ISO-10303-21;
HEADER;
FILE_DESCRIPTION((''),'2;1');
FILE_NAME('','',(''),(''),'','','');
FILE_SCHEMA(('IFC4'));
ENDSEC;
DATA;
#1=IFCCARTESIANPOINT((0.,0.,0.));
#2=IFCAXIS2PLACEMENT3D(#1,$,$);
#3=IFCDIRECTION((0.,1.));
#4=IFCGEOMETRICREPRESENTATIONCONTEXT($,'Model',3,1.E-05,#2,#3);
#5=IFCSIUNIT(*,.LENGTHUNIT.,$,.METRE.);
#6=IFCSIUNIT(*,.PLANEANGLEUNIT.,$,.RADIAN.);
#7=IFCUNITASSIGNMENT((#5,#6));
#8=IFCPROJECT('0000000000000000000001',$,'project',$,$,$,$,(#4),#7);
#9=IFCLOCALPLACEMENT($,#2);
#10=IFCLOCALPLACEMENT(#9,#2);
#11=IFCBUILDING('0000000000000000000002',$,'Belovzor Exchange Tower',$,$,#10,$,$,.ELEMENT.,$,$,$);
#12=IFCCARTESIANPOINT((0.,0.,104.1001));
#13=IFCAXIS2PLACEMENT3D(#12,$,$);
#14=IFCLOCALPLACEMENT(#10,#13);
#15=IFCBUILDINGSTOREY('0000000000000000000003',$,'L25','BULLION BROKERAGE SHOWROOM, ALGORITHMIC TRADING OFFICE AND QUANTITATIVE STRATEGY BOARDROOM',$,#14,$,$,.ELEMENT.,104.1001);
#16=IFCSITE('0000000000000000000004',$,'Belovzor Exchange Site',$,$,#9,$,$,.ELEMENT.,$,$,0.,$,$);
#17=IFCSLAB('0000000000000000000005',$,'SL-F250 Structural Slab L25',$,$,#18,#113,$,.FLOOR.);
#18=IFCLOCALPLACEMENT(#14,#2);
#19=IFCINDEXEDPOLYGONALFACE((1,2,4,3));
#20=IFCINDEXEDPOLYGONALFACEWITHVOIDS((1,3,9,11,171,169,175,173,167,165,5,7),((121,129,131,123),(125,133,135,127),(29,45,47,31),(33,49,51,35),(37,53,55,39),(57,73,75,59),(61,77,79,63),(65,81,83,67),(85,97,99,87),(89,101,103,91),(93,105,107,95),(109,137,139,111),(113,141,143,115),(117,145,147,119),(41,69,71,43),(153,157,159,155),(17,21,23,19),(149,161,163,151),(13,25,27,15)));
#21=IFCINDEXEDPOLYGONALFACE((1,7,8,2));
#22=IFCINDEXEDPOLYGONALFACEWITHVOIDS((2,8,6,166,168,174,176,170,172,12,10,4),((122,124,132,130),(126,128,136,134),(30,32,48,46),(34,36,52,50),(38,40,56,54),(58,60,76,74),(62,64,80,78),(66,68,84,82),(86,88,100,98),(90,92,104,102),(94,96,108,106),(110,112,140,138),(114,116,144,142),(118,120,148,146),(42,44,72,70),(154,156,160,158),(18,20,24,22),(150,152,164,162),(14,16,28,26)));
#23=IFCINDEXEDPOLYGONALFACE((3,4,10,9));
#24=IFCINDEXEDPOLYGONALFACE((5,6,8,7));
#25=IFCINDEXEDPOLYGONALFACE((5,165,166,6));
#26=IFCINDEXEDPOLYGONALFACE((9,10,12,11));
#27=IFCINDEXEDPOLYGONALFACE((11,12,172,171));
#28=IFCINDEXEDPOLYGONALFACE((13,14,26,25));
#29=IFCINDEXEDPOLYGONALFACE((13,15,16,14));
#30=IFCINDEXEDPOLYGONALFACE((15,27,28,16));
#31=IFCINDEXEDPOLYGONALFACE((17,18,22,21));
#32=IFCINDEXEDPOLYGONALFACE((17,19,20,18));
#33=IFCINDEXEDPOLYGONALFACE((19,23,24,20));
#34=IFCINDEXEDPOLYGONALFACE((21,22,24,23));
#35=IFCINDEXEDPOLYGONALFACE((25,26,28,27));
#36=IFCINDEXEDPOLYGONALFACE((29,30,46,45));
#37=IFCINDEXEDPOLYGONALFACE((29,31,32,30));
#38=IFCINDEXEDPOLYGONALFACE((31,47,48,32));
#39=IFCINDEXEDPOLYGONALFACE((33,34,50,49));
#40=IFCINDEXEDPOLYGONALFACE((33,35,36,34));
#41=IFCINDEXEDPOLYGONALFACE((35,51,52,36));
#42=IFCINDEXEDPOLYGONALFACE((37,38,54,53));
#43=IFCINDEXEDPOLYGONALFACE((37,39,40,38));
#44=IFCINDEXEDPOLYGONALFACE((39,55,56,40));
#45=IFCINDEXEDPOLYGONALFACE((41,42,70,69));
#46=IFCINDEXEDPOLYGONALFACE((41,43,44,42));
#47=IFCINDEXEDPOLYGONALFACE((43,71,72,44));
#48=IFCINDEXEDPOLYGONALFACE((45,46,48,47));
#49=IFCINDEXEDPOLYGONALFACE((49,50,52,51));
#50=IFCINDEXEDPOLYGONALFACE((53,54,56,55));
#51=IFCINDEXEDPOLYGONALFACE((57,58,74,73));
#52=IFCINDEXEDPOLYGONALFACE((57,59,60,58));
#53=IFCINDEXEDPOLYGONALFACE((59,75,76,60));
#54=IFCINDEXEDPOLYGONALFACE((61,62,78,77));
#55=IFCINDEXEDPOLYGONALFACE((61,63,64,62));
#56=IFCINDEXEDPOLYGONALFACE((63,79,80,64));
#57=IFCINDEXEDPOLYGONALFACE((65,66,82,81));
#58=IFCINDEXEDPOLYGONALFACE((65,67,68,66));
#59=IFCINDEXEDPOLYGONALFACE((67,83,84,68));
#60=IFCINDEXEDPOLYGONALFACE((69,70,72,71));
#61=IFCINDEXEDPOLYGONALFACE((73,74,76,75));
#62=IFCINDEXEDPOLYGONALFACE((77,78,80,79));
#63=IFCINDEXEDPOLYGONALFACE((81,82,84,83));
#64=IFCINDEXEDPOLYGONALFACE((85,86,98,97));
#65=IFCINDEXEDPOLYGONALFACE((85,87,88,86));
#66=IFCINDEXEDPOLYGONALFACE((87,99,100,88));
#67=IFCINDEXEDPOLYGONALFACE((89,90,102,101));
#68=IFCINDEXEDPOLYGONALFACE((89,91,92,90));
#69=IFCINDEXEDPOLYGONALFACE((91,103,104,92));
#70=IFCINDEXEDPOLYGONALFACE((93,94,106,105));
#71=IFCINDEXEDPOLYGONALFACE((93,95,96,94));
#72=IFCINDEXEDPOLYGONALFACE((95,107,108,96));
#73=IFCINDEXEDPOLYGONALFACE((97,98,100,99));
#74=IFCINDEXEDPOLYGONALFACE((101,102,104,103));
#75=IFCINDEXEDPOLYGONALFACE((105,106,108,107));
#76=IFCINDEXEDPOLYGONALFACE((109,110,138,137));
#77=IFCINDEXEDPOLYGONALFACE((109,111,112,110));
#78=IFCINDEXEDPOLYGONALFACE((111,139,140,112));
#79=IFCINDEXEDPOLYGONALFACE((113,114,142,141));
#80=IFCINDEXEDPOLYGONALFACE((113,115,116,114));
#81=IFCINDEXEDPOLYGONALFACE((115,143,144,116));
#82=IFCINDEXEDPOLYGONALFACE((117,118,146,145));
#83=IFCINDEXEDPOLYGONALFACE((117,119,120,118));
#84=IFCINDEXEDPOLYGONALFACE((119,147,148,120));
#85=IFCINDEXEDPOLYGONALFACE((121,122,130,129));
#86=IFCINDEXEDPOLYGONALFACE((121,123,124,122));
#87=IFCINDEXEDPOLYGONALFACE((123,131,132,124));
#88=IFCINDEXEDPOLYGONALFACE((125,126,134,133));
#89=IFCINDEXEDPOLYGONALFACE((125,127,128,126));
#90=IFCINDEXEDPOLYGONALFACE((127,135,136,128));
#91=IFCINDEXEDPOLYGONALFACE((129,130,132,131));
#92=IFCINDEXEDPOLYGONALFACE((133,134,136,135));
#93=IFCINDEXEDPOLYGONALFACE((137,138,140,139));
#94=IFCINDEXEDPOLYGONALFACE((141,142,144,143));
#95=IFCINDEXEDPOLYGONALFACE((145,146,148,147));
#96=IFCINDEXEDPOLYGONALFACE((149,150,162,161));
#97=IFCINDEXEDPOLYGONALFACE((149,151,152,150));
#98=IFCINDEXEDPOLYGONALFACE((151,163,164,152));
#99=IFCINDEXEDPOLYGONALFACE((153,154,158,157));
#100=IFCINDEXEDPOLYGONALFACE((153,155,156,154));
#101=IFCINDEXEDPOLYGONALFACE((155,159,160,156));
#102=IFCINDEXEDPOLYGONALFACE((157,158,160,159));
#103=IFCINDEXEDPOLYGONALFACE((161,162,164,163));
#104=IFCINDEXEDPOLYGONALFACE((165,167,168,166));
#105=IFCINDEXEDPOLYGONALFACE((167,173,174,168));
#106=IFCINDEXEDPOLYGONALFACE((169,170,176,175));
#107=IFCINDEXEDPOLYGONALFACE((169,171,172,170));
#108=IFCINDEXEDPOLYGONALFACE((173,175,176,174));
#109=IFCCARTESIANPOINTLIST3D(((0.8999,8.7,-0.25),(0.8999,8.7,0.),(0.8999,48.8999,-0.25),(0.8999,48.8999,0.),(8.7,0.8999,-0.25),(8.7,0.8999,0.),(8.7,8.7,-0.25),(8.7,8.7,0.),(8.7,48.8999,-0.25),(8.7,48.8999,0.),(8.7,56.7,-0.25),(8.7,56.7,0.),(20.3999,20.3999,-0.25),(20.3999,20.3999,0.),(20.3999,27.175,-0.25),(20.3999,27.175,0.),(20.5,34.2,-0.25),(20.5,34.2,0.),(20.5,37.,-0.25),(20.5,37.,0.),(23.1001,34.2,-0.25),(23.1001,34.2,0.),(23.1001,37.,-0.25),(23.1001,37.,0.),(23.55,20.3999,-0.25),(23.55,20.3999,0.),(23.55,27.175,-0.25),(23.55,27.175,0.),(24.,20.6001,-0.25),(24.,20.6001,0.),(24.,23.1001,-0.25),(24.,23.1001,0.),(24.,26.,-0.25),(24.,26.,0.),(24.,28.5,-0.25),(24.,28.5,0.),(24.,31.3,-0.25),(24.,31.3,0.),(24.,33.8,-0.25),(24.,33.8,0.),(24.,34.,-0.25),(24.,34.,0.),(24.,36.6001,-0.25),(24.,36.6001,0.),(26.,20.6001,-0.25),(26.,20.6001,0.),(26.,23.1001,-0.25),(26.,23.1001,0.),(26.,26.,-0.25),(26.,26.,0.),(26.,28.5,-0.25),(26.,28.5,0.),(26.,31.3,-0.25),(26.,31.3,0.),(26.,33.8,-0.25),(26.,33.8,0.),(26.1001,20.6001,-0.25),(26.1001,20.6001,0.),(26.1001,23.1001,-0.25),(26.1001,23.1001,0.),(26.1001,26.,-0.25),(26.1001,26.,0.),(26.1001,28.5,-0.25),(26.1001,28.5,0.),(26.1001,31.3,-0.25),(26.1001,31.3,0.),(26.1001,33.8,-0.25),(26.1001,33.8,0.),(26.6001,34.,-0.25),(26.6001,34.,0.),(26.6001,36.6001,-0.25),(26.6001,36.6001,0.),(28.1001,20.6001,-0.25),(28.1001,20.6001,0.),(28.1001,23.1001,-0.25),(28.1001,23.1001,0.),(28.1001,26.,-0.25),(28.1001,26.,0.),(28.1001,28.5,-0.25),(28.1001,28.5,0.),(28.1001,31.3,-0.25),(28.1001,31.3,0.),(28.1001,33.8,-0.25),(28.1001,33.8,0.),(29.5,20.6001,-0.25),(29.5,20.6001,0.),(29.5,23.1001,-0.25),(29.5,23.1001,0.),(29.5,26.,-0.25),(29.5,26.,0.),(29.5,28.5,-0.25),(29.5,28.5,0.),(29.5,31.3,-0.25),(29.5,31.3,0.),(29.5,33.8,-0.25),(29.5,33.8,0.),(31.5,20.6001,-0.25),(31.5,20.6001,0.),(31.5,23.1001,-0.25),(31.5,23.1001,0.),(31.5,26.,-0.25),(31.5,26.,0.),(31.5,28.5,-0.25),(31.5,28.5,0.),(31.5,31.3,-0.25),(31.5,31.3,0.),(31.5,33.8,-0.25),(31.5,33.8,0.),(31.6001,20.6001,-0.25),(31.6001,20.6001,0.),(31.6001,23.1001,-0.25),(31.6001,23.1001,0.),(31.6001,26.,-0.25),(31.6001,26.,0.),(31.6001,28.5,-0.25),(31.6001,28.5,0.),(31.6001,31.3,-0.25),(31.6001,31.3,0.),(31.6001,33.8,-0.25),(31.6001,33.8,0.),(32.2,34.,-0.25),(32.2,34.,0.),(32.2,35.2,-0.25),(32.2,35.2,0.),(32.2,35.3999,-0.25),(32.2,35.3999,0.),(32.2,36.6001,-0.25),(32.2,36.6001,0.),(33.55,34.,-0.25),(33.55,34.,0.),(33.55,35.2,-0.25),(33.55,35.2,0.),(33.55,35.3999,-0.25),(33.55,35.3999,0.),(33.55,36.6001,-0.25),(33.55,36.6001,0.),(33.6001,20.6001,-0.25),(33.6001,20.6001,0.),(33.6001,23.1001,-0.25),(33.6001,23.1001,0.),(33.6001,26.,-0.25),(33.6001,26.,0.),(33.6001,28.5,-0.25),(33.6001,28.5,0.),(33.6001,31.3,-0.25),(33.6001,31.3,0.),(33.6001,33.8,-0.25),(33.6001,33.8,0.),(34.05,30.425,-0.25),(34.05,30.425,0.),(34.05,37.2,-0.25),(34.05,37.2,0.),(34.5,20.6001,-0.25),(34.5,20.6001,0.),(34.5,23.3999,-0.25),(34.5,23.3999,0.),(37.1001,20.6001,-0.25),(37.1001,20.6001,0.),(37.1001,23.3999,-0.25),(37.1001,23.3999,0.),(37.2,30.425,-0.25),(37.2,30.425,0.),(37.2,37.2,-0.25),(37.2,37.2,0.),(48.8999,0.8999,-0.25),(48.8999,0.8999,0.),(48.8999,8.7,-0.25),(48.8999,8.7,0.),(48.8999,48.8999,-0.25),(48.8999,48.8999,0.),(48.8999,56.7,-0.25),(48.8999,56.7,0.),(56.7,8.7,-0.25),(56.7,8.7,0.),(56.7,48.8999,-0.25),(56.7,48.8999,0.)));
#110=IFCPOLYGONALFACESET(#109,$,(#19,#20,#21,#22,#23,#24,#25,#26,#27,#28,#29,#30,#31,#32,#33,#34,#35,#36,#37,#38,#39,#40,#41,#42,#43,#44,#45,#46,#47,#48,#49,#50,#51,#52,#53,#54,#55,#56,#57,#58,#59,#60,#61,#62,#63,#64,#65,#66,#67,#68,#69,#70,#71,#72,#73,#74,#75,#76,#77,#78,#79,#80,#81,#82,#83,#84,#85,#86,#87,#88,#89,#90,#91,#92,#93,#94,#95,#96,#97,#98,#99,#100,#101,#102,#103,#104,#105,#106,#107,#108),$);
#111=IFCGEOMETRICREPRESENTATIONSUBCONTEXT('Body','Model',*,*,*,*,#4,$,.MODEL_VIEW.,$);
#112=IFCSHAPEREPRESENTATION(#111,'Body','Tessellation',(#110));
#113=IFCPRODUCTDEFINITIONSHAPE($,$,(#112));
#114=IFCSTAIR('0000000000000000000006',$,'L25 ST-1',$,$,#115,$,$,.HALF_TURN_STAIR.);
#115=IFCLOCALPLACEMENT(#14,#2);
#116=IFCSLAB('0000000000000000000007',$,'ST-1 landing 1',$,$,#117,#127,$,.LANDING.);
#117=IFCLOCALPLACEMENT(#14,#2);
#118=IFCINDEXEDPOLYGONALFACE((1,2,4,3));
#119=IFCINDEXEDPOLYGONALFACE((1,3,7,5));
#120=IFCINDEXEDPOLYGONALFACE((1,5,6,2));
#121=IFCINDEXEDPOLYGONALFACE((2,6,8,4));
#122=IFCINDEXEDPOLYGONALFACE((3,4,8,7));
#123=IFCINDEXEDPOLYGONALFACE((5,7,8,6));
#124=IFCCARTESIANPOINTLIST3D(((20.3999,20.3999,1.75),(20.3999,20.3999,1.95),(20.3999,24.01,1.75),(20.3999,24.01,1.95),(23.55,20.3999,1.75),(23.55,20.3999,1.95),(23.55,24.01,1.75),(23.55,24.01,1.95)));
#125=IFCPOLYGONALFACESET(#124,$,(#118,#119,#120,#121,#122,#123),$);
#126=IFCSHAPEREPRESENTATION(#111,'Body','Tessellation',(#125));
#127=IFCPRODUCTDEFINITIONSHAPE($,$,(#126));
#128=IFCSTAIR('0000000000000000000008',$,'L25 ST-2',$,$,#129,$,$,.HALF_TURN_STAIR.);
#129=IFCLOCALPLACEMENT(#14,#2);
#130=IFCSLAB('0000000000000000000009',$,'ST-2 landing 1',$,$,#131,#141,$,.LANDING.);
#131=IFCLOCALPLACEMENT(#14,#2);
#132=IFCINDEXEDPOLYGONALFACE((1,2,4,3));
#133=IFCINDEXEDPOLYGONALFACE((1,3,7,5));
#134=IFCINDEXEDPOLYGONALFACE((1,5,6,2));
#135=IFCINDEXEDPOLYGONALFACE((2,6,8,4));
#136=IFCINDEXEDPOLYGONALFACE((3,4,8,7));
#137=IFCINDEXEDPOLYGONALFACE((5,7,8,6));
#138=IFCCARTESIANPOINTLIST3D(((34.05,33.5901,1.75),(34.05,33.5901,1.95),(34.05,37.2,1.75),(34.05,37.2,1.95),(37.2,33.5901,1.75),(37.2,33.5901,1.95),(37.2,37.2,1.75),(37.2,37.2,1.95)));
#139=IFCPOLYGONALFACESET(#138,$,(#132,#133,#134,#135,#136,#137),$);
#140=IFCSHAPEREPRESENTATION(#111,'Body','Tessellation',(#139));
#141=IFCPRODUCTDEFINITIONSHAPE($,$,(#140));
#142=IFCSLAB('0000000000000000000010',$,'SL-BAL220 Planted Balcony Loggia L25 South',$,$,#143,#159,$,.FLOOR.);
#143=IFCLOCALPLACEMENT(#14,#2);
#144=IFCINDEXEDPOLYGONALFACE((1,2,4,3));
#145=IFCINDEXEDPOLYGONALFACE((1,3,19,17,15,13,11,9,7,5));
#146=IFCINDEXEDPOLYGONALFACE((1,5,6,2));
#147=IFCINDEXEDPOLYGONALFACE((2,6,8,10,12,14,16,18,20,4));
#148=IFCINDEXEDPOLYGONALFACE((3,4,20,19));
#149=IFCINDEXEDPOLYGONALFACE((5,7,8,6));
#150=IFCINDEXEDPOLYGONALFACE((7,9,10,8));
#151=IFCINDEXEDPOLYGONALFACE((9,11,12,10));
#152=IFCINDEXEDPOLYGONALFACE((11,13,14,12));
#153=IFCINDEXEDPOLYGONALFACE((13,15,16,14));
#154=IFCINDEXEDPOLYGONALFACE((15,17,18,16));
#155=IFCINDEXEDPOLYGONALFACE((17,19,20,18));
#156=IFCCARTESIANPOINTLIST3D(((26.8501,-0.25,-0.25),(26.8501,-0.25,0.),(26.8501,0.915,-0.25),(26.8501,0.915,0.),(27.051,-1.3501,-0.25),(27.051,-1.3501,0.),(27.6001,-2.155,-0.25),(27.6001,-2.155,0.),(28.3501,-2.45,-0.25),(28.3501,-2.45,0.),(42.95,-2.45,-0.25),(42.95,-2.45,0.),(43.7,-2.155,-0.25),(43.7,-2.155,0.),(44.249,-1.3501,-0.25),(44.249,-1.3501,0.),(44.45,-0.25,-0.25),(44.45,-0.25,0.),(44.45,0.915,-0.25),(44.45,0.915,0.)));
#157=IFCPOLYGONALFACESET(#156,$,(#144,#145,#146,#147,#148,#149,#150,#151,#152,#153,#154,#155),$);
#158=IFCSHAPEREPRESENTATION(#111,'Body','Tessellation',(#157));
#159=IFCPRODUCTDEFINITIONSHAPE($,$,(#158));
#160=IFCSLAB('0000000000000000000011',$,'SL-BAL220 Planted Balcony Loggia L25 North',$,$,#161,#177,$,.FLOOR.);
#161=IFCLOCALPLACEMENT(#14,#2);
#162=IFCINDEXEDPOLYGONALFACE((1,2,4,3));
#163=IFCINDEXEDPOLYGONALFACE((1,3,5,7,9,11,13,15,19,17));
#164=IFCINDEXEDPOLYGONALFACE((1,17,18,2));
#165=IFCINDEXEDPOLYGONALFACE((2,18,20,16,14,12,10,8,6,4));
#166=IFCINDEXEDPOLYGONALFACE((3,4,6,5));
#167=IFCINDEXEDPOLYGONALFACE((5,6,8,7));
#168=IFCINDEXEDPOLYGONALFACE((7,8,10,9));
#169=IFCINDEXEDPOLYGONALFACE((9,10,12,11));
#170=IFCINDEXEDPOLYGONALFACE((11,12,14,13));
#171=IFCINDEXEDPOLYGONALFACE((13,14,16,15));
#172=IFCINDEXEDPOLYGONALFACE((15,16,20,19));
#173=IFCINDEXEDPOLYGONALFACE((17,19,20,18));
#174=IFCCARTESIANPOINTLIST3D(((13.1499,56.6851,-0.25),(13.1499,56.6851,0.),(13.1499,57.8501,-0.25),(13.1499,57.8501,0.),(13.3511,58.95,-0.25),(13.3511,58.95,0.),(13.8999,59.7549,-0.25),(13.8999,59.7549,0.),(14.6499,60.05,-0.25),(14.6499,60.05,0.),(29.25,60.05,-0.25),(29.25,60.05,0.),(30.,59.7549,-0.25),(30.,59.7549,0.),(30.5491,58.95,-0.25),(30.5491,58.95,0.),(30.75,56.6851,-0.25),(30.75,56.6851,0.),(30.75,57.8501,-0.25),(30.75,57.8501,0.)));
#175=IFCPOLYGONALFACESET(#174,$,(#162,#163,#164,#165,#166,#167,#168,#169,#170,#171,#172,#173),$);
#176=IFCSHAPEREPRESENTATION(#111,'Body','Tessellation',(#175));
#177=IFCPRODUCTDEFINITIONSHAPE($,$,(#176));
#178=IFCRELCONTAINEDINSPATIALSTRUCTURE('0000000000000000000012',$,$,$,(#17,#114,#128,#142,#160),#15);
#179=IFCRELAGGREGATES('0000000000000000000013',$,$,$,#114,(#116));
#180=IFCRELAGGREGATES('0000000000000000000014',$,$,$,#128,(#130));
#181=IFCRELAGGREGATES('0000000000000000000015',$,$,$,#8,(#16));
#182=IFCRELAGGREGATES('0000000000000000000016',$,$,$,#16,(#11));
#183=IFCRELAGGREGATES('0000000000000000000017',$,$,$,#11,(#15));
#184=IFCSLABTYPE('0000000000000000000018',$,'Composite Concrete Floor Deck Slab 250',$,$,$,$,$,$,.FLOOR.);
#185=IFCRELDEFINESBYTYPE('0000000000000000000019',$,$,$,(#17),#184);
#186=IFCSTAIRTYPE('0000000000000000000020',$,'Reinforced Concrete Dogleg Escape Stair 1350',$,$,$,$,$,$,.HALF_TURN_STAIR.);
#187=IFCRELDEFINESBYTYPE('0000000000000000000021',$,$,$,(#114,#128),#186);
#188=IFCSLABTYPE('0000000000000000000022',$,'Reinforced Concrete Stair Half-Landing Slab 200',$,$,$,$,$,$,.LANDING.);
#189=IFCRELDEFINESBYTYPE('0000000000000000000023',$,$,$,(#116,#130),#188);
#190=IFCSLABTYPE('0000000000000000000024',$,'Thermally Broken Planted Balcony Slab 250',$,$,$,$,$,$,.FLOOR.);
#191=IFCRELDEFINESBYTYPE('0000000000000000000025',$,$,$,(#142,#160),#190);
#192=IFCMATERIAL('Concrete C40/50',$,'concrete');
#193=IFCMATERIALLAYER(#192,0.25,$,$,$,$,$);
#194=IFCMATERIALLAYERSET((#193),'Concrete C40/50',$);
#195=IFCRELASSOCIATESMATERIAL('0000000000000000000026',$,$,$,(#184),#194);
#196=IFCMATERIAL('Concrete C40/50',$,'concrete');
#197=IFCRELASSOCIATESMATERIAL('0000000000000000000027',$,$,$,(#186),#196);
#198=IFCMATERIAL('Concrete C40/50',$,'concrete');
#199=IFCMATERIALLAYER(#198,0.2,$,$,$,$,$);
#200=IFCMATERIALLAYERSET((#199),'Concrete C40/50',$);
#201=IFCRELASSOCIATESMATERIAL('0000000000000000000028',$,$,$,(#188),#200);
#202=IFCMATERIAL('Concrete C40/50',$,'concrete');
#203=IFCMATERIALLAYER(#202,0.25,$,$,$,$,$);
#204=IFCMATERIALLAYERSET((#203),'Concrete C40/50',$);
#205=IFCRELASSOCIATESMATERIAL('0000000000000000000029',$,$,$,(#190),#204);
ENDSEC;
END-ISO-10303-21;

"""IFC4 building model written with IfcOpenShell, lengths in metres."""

from ifc_helpers import new_model, si_unit, direction, frame, origin, place, context, subcontext, project, spatial, polyline, outline, extrude, material, layer, layer_set, type_object, element, aggregate, save


model = new_model("IFC4")

# Units and contexts
model_context = context("Model", 3, precision=1e-05, world=origin(), true_north=direction((0.0, 1.0)))
body_context = subcontext(model_context, "Body", "Model", "MODEL_VIEW")
ifc_project = project(units=[si_unit("LENGTHUNIT", "METRE"), si_unit("PLANEANGLEUNIT", "RADIAN")], contexts=[model_context])

# Site, building, storey
site_placement = place(None, origin())
site = spatial("IfcSite", under=ifc_project, at=site_placement, Name="Belovzor Exchange Site", CompositionType="ELEMENT", RefElevation=0.0)
building_placement = place(site_placement, origin())
building = spatial("IfcBuilding", under=site, at=building_placement, Name="Belovzor Exchange Tower", CompositionType="ELEMENT")
storey_placement = place(building_placement, frame((0.0, 0.0, 104.1001)))
storey = spatial("IfcBuildingStorey", under=building, at=storey_placement, Name="L25", Description="BULLION BROKERAGE SHOWROOM, ALGORITHMIC TRADING OFFICE AND QUANTITATIVE STRATEGY BOARDROOM", CompositionType="ELEMENT", Elevation=104.1001)

# Slab
ifc_material_1 = material(Name="Concrete C40/50", Category="concrete")
ifc_layer_1 = layer(ifc_material_1, 0.25)
ifc_layer_set_1 = layer_set([ifc_layer_1], Name="Concrete C40/50")
slab_type_1 = type_object("IfcSlabType", Name="Composite Concrete Floor Deck Slab 250", PredefinedType="FLOOR", material=ifc_layer_set_1)
slab_1_placement = place(storey_placement, frame((0.0, 0.0, -0.25)))
element("IfcSlab", 1, at=slab_1_placement, inside=storey, type_object=slab_type_1, Name="SL-F250 Structural Slab L25", PredefinedType="FLOOR", context=body_context, shape_type="SweptSolid", body=[
    extrude(outline(polyline([(8.7, 0.8999), (48.8999, 0.8999), (48.8999, 8.7), (56.7, 8.7), (56.7, 48.8999), (48.8999, 48.8999), (48.8999, 56.7), (8.7, 56.7), (8.7, 48.8999), (0.8999, 48.8999), (0.8999, 8.7), (8.7, 8.7), (8.7, 0.8999)]), holes=[polyline([(20.3999, 27.175), (20.3999, 20.3999), (23.55, 20.3999), (23.55, 27.175), (20.3999, 27.175)]), polyline([(37.2, 30.425), (37.2, 37.2), (34.05, 37.2), (34.05, 30.425), (37.2, 30.425)]), polyline([(20.5, 34.2), (23.1001, 34.2), (23.1001, 37.0), (20.5, 37.0), (20.5, 34.2)]), polyline([(34.5, 20.6001), (37.1001, 20.6001), (37.1001, 23.3999), (34.5, 23.3999), (34.5, 20.6001)]), polyline([(24.0, 34.0), (26.6001, 34.0), (26.6001, 36.6001), (24.0, 36.6001), (24.0, 34.0)]), polyline([(24.0, 20.6001), (26.0, 20.6001), (26.0, 23.1001), (24.0, 23.1001), (24.0, 20.6001)]), polyline([(26.1001, 20.6001), (28.1001, 20.6001), (28.1001, 23.1001), (26.1001, 23.1001), (26.1001, 20.6001)]), polyline([(29.5, 20.6001), (31.5, 20.6001), (31.5, 23.1001), (29.5, 23.1001), (29.5, 20.6001)]), polyline([(31.6001, 20.6001), (33.6001, 20.6001), (33.6001, 23.1001), (31.6001, 23.1001), (31.6001, 20.6001)]), polyline([(24.0, 26.0), (26.0, 26.0), (26.0, 28.5), (24.0, 28.5), (24.0, 26.0)]), polyline([(26.1001, 26.0), (28.1001, 26.0), (28.1001, 28.5), (26.1001, 28.5), (26.1001, 26.0)]), polyline([(29.5, 26.0), (31.5, 26.0), (31.5, 28.5), (29.5, 28.5), (29.5, 26.0)]), polyline([(31.6001, 26.0), (33.6001, 26.0), (33.6001, 28.5), (31.6001, 28.5), (31.6001, 26.0)]), polyline([(24.0, 31.3), (26.0, 31.3), (26.0, 33.8), (24.0, 33.8), (24.0, 31.3)]), polyline([(26.1001, 31.3), (28.1001, 31.3), (28.1001, 33.8), (26.1001, 33.8), (26.1001, 31.3)]), polyline([(29.5, 31.3), (31.5, 31.3), (31.5, 33.8), (29.5, 33.8), (29.5, 31.3)]), polyline([(31.6001, 31.3), (33.6001, 31.3), (33.6001, 33.8), (31.6001, 33.8), (31.6001, 31.3)]), polyline([(32.2, 34.0), (33.55, 34.0), (33.55, 35.2), (32.2, 35.2), (32.2, 34.0)]), polyline([(32.2, 35.3999), (33.55, 35.3999), (33.55, 36.6001), (32.2, 36.6001), (32.2, 35.3999)])]), origin(), (0.0, 0.0, 1.0), 0.25),
])

# Stairs, slabs
ifc_material_2 = material(Name="Concrete C40/50", Category="concrete")
stair_type = type_object("IfcStairType", Name="Reinforced Concrete Dogleg Escape Stair 1350", PredefinedType="HALF_TURN_STAIR", material=ifc_material_2)
stair_1_placement = place(storey_placement, origin())
stair_1 = element("IfcStair", 2, at=stair_1_placement, inside=storey, type_object=stair_type, Name="L25 ST-1", PredefinedType="HALF_TURN_STAIR")
ifc_material_3 = material(Name="Concrete C40/50", Category="concrete")
ifc_layer_2 = layer(ifc_material_3, 0.2)
ifc_layer_set_2 = layer_set([ifc_layer_2], Name="Concrete C40/50")
slab_type_2 = type_object("IfcSlabType", Name="Reinforced Concrete Stair Half-Landing Slab 200", PredefinedType="LANDING", material=ifc_layer_set_2)
slab_2_placement = place(storey_placement, frame((0.0, 0.0, 1.75)))
slab_2 = element("IfcSlab", 3, at=slab_2_placement, type_object=slab_type_2, Name="ST-1 landing 1", PredefinedType="LANDING", context=body_context, shape_type="SweptSolid", body=[
    extrude(outline(polyline([(20.3999, 24.01), (20.3999, 20.3999), (23.55, 20.3999), (23.55, 24.01), (20.3999, 24.01)])), origin(), (0.0, 0.0, 1.0), 0.2),
])
aggregate(stair_1, [slab_2])
stair_2_placement = place(storey_placement, origin())
stair_2 = element("IfcStair", 4, at=stair_2_placement, inside=storey, type_object=stair_type, Name="L25 ST-2", PredefinedType="HALF_TURN_STAIR")
slab_3_placement = place(storey_placement, frame((0.0, 0.0, 1.75)))
slab_3 = element("IfcSlab", 5, at=slab_3_placement, type_object=slab_type_2, Name="ST-2 landing 1", PredefinedType="LANDING", context=body_context, shape_type="SweptSolid", body=[
    extrude(outline(polyline([(37.2, 33.5901), (37.2, 37.2), (34.05, 37.2), (34.05, 33.5901), (37.2, 33.5901)])), origin(), (0.0, 0.0, 1.0), 0.2),
])
aggregate(stair_2, [slab_3])

# Slabs
ifc_material_4 = material(Name="Concrete C40/50", Category="concrete")
ifc_layer_3 = layer(ifc_material_4, 0.25)
ifc_layer_set_3 = layer_set([ifc_layer_3], Name="Concrete C40/50")
slab_type_3 = type_object("IfcSlabType", Name="Thermally Broken Planted Balcony Slab 250", PredefinedType="FLOOR", material=ifc_layer_set_3)
slab_4_placement = place(storey_placement, frame((0.0, 0.0, -0.25)))
element("IfcSlab", 6, at=slab_4_placement, inside=storey, type_object=slab_type_3, Name="SL-BAL220 Planted Balcony Loggia L25 South", PredefinedType="FLOOR", context=body_context, shape_type="SweptSolid", body=[
    extrude(outline(polyline([(26.8501, 0.915), (26.8501, -0.25), (27.051, -1.3501), (27.6001, -2.155), (28.3501, -2.45), (42.95, -2.45), (43.7, -2.155), (44.249, -1.3501), (44.45, -0.25), (44.45, 0.915), (26.8501, 0.915)])), origin(), (0.0, 0.0, 1.0), 0.25),
])
slab_5_placement = place(storey_placement, frame((0.0, 0.0, -0.25)))
element("IfcSlab", 7, at=slab_5_placement, inside=storey, type_object=slab_type_3, Name="SL-BAL220 Planted Balcony Loggia L25 North", PredefinedType="FLOOR", context=body_context, shape_type="SweptSolid", body=[
    extrude(outline(polyline([(30.75, 56.6851), (30.75, 57.8501), (30.5491, 58.95), (30.0, 59.7549), (29.25, 60.05), (14.6499, 60.05), (13.8999, 59.7549), (13.3511, 58.95), (13.1499, 57.8501), (13.1499, 56.6851), (30.75, 56.6851)])), origin(), (0.0, 0.0, 1.0), 0.25),
])

save(model, "model.ifc")
